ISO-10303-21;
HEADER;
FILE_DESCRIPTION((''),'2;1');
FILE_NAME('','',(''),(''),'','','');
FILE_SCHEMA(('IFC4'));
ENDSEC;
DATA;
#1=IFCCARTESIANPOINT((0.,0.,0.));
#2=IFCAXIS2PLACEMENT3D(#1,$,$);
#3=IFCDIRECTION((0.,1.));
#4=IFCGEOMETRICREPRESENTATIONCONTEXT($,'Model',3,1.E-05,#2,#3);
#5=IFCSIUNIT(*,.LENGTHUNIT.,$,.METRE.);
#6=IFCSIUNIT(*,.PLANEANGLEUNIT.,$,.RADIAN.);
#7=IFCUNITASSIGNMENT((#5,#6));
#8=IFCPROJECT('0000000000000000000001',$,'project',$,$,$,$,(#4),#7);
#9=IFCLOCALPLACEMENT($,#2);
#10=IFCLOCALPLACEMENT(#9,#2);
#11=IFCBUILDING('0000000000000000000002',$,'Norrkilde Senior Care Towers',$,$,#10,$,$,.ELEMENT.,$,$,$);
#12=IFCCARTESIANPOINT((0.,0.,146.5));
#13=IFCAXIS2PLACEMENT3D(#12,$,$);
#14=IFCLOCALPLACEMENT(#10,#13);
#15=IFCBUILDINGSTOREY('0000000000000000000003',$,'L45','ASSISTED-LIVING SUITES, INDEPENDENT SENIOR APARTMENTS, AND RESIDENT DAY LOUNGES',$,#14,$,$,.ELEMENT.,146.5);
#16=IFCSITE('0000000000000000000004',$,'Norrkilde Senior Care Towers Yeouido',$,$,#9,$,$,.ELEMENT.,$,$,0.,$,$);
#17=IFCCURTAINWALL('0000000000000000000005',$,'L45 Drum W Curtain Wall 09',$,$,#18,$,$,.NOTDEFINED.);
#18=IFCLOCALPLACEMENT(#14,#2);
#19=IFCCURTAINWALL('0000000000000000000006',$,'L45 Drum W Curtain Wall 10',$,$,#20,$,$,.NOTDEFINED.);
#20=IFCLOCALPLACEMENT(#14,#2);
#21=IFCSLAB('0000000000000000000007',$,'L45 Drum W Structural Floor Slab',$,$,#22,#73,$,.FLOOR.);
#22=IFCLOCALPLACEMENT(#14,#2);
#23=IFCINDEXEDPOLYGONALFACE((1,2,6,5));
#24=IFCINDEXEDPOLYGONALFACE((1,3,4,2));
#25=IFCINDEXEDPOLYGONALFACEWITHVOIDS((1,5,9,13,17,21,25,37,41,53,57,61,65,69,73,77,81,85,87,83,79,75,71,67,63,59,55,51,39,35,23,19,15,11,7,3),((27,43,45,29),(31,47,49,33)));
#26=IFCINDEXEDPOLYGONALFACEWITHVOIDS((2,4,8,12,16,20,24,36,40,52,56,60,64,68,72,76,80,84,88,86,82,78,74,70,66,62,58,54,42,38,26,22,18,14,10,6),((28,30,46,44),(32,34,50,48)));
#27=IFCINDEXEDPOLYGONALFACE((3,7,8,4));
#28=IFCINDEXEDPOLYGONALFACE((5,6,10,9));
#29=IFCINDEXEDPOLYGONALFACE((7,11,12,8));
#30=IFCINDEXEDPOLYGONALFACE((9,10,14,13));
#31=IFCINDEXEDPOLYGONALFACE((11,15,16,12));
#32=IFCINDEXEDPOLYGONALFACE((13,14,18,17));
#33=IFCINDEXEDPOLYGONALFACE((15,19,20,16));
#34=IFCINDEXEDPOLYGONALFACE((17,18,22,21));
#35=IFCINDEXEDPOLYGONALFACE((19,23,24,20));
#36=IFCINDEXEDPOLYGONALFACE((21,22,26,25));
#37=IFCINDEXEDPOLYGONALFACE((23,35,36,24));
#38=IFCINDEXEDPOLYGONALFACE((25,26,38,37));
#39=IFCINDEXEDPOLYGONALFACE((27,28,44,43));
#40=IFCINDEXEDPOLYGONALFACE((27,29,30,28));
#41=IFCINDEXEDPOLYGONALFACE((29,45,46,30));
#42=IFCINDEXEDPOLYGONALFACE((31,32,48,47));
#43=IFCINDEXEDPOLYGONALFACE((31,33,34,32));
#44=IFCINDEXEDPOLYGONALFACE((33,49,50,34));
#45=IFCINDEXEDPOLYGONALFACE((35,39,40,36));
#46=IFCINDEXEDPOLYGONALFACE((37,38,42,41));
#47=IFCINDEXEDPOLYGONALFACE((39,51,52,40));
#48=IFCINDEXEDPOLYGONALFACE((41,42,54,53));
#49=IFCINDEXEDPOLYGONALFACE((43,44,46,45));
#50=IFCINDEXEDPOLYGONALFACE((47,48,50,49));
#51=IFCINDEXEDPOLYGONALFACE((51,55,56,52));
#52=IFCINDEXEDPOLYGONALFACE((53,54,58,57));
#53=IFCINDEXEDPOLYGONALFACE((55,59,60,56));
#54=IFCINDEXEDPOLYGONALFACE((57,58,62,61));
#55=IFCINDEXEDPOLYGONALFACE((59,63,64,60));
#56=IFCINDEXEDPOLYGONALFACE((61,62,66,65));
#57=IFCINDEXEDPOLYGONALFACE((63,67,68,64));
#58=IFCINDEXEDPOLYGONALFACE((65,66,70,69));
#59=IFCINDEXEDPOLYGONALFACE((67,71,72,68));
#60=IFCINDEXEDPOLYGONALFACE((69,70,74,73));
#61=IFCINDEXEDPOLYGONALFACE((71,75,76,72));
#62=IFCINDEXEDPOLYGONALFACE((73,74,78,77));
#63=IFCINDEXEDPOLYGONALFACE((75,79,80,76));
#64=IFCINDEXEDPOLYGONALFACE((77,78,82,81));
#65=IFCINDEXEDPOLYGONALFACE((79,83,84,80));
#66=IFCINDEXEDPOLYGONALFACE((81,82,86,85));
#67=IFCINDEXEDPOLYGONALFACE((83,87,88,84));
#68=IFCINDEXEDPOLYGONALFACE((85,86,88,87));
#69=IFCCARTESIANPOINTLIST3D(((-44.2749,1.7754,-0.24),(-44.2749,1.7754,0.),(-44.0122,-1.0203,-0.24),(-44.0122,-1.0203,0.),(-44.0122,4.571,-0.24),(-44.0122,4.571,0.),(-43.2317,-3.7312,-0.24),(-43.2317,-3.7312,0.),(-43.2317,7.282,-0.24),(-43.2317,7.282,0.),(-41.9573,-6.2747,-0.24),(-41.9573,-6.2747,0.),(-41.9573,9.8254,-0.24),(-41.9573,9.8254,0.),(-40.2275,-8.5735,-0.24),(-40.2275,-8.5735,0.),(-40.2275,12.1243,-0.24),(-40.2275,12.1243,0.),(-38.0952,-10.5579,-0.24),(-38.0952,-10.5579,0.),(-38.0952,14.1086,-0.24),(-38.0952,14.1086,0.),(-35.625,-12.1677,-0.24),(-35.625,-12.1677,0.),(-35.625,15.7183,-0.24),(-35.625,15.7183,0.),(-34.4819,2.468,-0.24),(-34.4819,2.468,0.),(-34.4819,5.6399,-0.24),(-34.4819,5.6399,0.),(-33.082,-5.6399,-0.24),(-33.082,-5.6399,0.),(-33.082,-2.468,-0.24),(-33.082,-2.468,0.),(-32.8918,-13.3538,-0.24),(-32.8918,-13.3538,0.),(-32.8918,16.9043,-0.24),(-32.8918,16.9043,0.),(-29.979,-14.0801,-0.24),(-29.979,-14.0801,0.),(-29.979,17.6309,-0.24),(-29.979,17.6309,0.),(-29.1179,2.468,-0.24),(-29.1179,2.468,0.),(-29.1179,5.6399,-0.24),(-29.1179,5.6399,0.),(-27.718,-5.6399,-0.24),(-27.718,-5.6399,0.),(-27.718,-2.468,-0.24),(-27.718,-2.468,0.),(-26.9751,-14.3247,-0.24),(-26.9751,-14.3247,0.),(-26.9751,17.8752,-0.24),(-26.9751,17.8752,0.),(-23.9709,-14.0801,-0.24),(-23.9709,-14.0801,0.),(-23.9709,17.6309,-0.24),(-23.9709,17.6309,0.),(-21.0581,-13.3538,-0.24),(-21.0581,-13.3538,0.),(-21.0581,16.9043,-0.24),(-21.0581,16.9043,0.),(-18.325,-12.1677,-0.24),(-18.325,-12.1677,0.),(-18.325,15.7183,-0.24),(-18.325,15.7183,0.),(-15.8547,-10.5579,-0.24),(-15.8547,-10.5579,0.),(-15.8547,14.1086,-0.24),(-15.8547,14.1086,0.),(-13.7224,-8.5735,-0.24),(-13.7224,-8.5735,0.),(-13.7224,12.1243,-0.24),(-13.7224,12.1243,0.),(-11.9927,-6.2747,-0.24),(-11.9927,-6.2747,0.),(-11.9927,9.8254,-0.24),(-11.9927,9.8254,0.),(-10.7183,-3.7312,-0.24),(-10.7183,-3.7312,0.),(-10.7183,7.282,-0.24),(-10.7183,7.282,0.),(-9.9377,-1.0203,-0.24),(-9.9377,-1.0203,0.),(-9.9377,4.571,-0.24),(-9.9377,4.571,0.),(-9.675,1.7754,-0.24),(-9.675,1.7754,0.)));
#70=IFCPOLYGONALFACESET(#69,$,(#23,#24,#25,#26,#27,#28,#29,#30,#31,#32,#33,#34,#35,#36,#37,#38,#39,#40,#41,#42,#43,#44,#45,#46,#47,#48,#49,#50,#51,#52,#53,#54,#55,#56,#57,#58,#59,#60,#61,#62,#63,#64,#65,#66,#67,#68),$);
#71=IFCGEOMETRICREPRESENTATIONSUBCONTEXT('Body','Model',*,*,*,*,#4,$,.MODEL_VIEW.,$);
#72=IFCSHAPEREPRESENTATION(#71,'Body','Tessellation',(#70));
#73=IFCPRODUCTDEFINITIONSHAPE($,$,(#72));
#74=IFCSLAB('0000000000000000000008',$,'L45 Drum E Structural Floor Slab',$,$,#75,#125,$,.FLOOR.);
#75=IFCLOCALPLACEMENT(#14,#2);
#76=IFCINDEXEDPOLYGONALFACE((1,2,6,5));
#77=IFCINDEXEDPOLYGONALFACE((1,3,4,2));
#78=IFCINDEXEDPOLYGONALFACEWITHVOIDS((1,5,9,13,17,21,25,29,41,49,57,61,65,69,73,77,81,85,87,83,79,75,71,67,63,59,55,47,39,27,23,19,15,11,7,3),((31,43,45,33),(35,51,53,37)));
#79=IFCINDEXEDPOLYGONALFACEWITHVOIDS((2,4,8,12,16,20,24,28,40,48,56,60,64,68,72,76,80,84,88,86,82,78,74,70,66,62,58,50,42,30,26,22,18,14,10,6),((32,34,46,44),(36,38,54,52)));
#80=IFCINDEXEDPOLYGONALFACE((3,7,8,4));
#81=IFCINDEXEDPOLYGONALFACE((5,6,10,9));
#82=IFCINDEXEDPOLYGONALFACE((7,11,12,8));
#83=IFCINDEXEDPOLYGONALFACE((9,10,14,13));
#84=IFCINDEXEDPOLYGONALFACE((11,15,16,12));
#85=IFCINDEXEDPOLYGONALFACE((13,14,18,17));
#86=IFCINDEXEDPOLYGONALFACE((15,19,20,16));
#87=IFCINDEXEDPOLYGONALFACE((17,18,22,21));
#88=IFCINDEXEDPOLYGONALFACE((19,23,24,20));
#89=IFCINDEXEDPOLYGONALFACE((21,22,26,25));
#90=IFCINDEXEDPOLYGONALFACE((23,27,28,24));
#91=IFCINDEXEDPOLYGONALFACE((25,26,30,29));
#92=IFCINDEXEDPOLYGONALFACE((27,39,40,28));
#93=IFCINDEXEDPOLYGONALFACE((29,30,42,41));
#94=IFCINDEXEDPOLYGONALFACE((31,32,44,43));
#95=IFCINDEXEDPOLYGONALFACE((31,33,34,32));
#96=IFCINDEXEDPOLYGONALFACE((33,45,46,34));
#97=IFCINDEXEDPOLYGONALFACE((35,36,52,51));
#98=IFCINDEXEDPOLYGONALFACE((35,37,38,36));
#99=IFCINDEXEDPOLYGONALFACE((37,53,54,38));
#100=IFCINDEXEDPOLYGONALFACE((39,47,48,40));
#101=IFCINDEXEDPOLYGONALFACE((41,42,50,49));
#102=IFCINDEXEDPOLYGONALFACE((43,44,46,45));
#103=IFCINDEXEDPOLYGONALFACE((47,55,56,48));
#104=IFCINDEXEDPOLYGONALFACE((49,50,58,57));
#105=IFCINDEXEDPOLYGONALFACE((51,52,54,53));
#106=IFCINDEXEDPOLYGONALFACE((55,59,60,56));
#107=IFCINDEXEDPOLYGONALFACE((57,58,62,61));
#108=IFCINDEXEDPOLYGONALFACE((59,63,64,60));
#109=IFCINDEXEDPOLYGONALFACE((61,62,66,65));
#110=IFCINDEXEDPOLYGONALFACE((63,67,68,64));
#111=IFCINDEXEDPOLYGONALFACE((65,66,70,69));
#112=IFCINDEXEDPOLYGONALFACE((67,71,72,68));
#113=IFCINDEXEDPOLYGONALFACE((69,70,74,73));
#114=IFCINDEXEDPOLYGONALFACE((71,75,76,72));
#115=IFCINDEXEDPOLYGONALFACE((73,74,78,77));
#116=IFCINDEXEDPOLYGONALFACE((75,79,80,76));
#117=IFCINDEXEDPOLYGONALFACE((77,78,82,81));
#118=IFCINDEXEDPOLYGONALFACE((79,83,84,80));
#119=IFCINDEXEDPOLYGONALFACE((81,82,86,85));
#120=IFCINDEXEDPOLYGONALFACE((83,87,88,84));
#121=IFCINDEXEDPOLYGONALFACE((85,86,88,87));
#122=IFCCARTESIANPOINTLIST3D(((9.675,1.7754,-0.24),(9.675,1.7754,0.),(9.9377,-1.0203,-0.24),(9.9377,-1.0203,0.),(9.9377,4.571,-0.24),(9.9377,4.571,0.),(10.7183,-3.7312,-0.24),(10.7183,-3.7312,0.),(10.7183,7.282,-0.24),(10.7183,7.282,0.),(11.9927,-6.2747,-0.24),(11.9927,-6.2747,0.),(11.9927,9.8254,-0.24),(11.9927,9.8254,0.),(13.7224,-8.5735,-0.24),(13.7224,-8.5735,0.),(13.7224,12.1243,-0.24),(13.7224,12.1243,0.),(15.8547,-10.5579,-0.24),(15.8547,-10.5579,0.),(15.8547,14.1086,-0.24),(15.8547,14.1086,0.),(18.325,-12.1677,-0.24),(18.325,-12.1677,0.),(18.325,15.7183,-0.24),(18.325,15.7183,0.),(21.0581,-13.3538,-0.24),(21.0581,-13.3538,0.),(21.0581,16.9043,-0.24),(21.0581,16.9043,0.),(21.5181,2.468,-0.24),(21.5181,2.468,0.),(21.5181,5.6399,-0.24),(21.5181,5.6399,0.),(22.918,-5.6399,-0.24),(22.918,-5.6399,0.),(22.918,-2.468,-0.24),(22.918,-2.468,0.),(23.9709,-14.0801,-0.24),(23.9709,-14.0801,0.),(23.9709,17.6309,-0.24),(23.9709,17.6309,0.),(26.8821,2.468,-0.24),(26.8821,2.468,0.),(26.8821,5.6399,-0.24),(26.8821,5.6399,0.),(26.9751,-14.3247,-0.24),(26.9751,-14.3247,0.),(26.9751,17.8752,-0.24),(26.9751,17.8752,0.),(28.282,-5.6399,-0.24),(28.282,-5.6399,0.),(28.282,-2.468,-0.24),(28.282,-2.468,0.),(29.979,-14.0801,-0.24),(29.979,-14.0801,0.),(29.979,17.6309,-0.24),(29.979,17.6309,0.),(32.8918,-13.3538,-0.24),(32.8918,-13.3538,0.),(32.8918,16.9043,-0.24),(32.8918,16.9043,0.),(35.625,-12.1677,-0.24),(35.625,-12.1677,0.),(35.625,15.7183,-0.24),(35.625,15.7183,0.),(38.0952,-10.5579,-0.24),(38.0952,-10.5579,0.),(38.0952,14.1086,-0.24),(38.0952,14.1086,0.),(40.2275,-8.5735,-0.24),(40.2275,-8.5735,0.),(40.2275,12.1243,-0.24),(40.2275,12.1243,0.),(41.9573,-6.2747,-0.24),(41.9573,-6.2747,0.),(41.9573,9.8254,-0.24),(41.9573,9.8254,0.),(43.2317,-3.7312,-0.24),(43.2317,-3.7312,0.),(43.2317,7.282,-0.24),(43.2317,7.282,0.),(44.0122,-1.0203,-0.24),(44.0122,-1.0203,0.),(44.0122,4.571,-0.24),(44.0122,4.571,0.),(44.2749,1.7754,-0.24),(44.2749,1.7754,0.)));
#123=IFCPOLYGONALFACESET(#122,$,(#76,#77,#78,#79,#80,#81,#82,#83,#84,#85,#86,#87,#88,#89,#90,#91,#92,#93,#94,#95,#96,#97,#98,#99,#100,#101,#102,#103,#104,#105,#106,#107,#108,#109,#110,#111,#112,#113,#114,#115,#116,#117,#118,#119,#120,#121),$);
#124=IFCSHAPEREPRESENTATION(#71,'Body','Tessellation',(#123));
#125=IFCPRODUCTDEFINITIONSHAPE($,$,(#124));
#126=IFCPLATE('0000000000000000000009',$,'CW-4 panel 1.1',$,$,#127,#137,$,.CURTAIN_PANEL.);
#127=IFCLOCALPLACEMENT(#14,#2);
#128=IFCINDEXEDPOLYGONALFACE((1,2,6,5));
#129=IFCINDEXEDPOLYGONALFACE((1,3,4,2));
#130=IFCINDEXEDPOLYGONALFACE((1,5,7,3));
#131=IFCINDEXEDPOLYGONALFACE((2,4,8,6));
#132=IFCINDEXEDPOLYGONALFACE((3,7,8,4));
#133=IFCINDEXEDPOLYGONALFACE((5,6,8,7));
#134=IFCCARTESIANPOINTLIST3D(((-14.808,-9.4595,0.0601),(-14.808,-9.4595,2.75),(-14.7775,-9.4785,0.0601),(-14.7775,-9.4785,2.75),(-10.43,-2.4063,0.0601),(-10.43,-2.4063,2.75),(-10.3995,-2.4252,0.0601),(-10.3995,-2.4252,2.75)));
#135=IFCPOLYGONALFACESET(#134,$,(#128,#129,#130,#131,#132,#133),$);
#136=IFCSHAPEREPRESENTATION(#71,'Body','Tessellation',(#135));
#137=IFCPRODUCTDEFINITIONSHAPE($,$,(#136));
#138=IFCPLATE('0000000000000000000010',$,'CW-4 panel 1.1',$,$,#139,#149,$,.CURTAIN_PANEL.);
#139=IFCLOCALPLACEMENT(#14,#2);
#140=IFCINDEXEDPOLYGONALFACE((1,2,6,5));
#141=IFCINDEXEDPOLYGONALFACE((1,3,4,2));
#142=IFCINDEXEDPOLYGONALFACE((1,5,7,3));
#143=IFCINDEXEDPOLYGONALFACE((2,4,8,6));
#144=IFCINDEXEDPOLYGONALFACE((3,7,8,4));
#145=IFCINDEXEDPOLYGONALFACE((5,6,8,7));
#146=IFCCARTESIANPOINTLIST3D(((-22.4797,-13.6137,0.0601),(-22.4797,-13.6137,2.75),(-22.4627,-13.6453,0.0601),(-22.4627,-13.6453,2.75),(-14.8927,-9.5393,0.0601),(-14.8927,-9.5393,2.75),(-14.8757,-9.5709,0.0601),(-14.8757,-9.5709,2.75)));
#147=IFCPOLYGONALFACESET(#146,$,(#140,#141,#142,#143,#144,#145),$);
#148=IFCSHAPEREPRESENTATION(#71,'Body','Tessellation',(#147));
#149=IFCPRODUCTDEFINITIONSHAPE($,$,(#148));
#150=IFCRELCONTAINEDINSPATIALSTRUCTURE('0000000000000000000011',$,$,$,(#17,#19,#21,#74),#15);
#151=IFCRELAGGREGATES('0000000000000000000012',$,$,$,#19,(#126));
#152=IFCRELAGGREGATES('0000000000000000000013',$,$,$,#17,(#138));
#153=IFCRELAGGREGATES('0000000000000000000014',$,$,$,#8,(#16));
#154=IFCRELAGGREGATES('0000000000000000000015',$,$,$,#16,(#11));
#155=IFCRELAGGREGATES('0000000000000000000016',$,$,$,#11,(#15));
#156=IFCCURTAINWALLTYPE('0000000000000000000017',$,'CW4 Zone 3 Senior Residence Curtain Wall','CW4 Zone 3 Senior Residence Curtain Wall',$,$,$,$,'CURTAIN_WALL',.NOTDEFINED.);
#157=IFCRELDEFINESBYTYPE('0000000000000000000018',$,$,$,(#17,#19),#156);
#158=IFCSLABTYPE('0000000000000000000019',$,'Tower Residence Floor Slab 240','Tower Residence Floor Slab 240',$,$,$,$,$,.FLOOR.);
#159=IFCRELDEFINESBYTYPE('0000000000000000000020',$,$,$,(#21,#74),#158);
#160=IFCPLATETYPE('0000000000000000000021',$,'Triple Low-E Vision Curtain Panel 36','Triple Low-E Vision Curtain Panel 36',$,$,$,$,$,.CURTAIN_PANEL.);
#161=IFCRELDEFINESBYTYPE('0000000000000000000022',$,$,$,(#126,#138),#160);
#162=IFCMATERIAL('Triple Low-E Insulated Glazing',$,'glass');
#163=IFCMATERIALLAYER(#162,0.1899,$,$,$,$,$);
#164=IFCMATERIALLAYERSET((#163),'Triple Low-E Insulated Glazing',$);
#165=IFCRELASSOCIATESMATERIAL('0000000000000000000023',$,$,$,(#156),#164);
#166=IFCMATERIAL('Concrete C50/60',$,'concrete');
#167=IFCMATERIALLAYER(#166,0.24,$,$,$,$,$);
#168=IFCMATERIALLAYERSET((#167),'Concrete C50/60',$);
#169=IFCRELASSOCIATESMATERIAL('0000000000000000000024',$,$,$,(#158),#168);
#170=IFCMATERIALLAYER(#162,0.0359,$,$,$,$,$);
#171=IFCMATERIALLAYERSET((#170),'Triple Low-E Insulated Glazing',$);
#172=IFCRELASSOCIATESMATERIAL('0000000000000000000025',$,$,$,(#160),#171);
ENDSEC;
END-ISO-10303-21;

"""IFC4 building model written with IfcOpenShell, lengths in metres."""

from ifc_helpers import new_model, si_unit, direction, frame, origin, origin_2d, place, context, subcontext, project, spatial, polyline, rectangle, outline, extrude, source, transform, mapped, material, layer, layer_set, type_object, type_shapes, element, aggregate, save


model = new_model("IFC4")

# Units and contexts
model_context = context("Model", 3, precision=1e-05, world=origin(), true_north=direction((0.0, 1.0)))
body_context = subcontext(model_context, "Body", "Model", "MODEL_VIEW")
ifc_project = project(units=[si_unit("LENGTHUNIT", "METRE"), si_unit("PLANEANGLEUNIT", "RADIAN")], contexts=[model_context])

# Site, building, storey
site_placement = place(None, origin())
site = spatial("IfcSite", under=ifc_project, at=site_placement, Name="Norrkilde Senior Care Towers Yeouido", CompositionType="ELEMENT", RefElevation=0.0)
building_placement = place(site_placement, origin())
building = spatial("IfcBuilding", under=site, at=building_placement, Name="Norrkilde Senior Care Towers", CompositionType="ELEMENT")
storey_placement = place(building_placement, frame((0.0, 0.0, 146.5)))
storey = spatial("IfcBuildingStorey", under=building, at=storey_placement, Name="L45", Description="ASSISTED-LIVING SUITES, INDEPENDENT SENIOR APARTMENTS, AND RESIDENT DAY LOUNGES", CompositionType="ELEMENT", Elevation=146.5)

# Shared definitions
ifc_material_1 = material(Name="Concrete C50/60", Category="concrete")

# Curtain wall
ifc_material_2 = material(Name="Triple Low-E Insulated Glazing", Category="glass")
ifc_layer_1 = layer(ifc_material_2, 0.1899)
ifc_layer_set_1 = layer_set([ifc_layer_1], Name="Triple Low-E Insulated Glazing")
curtain_wall_type = type_object("IfcCurtainWallType", Name="CW4 Zone 3 Senior Residence Curtain Wall", Description="CW4 Zone 3 Senior Residence Curtain Wall", ElementType="CURTAIN_WALL", PredefinedType="NOTDEFINED", material=ifc_layer_set_1)
curtain_wall_1_placement = place(storey_placement, origin())
curtain_wall_1 = element("IfcCurtainWall", 1, at=curtain_wall_1_placement, inside=storey, type_object=curtain_wall_type, Name="L45 Drum W Curtain Wall 09", PredefinedType="NOTDEFINED")

# Curtain wall
curtain_wall_2_placement = place(storey_placement, origin())
curtain_wall_2 = element("IfcCurtainWall", 2, at=curtain_wall_2_placement, inside=storey, type_object=curtain_wall_type, Name="L45 Drum W Curtain Wall 10", PredefinedType="NOTDEFINED")

# Slabs
ifc_layer_2 = layer(ifc_material_1, 0.24)
ifc_layer_set_2 = layer_set([ifc_layer_2], Name="Concrete C50/60")
slab_type = type_object("IfcSlabType", Name="Tower Residence Floor Slab 240", Description="Tower Residence Floor Slab 240", PredefinedType="FLOOR", material=ifc_layer_set_2)
slab_1_placement = place(storey_placement, frame((0.0, 0.0, -0.24)))
element("IfcSlab", 3, at=slab_1_placement, inside=storey, type_object=slab_type, Name="L45 Drum W Structural Floor Slab", PredefinedType="FLOOR", context=body_context, shape_type="SweptSolid", body=[
    extrude(outline(polyline([(-10.7183, -3.7312), (-11.9927, -6.2747), (-13.7224, -8.5735), (-15.8547, -10.5579), (-18.325, -12.1677), (-21.0581, -13.3538), (-23.9709, -14.0801), (-26.9751, -14.3247), (-29.979, -14.0801), (-32.8918, -13.3538), (-35.625, -12.1677), (-38.0952, -10.5579), (-40.2275, -8.5735), (-41.9573, -6.2747), (-43.2317, -3.7312), (-44.0122, -1.0203), (-44.2749, 1.7754), (-44.0122, 4.571), (-43.2317, 7.282), (-41.9573, 9.8254), (-40.2275, 12.1243), (-38.0952, 14.1086), (-35.625, 15.7183), (-32.8918, 16.9043), (-29.979, 17.6309), (-26.9751, 17.8752), (-23.9709, 17.6309), (-21.0581, 16.9043), (-18.325, 15.7183), (-15.8547, 14.1086), (-13.7224, 12.1243), (-11.9927, 9.8254), (-10.7183, 7.282), (-9.9377, 4.571), (-9.675, 1.7754), (-9.9377, -1.0203), (-10.7183, -3.7312)]), holes=[polyline([(-34.4819, 2.468), (-29.1179, 2.468), (-29.1179, 5.6399), (-34.4819, 5.6399), (-34.4819, 2.468)]), polyline([(-27.718, -5.6399), (-27.718, -2.468), (-33.082, -2.468), (-33.082, -5.6399), (-27.718, -5.6399)])]), origin(), (0.0, 0.0, 1.0), 0.24),
])
slab_2_placement = place(storey_placement, frame((0.0, 0.0, -0.24)))
element("IfcSlab", 4, at=slab_2_placement, inside=storey, type_object=slab_type, Name="L45 Drum E Structural Floor Slab", PredefinedType="FLOOR", context=body_context, shape_type="SweptSolid", body=[
    extrude(outline(polyline([(43.2317, -3.7312), (41.9573, -6.2747), (40.2275, -8.5735), (38.0952, -10.5579), (35.625, -12.1677), (32.8918, -13.3538), (29.979, -14.0801), (26.9751, -14.3247), (23.9709, -14.0801), (21.0581, -13.3538), (18.325, -12.1677), (15.8547, -10.5579), (13.7224, -8.5735), (11.9927, -6.2747), (10.7183, -3.7312), (9.9377, -1.0203), (9.675, 1.7754), (9.9377, 4.571), (10.7183, 7.282), (11.9927, 9.8254), (13.7224, 12.1243), (15.8547, 14.1086), (18.325, 15.7183), (21.0581, 16.9043), (23.9709, 17.6309), (26.9751, 17.8752), (29.979, 17.6309), (32.8918, 16.9043), (35.625, 15.7183), (38.0952, 14.1086), (40.2275, 12.1243), (41.9573, 9.8254), (43.2317, 7.282), (44.0122, 4.571), (44.2749, 1.7754), (44.0122, -1.0203), (43.2317, -3.7312)]), holes=[polyline([(21.5181, 2.468), (26.8821, 2.468), (26.8821, 5.6399), (21.5181, 5.6399), (21.5181, 2.468)]), polyline([(28.282, -5.6399), (28.282, -2.468), (22.918, -2.468), (22.918, -5.6399), (28.282, -5.6399)])]), origin(), (0.0, 0.0, 1.0), 0.24),
])

# Plates
ifc_layer_3 = layer(ifc_material_2, 0.0359)
ifc_layer_set_3 = layer_set([ifc_layer_3], Name="Triple Low-E Insulated Glazing")
plate_type = type_object("IfcPlateType", Name="Triple Low-E Vision Curtain Panel 36", Description="Triple Low-E Vision Curtain Panel 36", PredefinedType="CURTAIN_PANEL", material=ifc_layer_set_3)
shared_shape_1 = source(origin(), body_context, "Body", "SweptSolid", [
    extrude(rectangle(XDim=8.3015, YDim=0.0359, at=origin_2d()), origin(), (0.0, 0.0, 1.0), 2.6899),
])
plate_1_placement = place(storey_placement, frame((-12.6038, -5.9424, 0.0601), z_axis=(0.0, 0.0, 1.0), x_axis=(-0.527373, -0.849634, 0.0)))
plate_1 = element("IfcPlate", 5, at=plate_1_placement, type_object=plate_type, Name="CW-4 panel 1.1", PredefinedType="CURTAIN_PANEL", context=body_context, shape_type="MappedRepresentation", body=[
    mapped(shared_shape_1, transform((0.0, 0.0, 0.0), x_axis=(1.0, 0.0, 0.0), y_axis=(0.0, 1.0, 0.0), z_axis=(0.0, 0.0, 1.0), scale=1.0)),
])
aggregate(curtain_wall_2, [plate_1])
shared_shape_2 = source(origin(), body_context, "Body", "SweptSolid", [
    extrude(rectangle(XDim=8.6118, YDim=0.0359, at=origin_2d()), origin(), (0.0, 0.0, 1.0), 2.6899),
])
type_shapes(plate_type, [shared_shape_1, shared_shape_2])
plate_2_placement = place(storey_placement, frame((-18.6777, -11.5923, 0.0601), z_axis=(0.0, 0.0, 1.0), x_axis=(-0.881, -0.473117, 0.0)))
plate_2 = element("IfcPlate", 6, at=plate_2_placement, type_object=plate_type, Name="CW-4 panel 1.1", PredefinedType="CURTAIN_PANEL", context=body_context, shape_type="MappedRepresentation", body=[
    mapped(shared_shape_2, transform((0.0, 0.0, 0.0), x_axis=(1.0, 0.0, 0.0), y_axis=(0.0, 1.0, 0.0), z_axis=(0.0, 0.0, 1.0), scale=1.0)),
])
aggregate(curtain_wall_1, [plate_2])

save(model, "model.ifc")
